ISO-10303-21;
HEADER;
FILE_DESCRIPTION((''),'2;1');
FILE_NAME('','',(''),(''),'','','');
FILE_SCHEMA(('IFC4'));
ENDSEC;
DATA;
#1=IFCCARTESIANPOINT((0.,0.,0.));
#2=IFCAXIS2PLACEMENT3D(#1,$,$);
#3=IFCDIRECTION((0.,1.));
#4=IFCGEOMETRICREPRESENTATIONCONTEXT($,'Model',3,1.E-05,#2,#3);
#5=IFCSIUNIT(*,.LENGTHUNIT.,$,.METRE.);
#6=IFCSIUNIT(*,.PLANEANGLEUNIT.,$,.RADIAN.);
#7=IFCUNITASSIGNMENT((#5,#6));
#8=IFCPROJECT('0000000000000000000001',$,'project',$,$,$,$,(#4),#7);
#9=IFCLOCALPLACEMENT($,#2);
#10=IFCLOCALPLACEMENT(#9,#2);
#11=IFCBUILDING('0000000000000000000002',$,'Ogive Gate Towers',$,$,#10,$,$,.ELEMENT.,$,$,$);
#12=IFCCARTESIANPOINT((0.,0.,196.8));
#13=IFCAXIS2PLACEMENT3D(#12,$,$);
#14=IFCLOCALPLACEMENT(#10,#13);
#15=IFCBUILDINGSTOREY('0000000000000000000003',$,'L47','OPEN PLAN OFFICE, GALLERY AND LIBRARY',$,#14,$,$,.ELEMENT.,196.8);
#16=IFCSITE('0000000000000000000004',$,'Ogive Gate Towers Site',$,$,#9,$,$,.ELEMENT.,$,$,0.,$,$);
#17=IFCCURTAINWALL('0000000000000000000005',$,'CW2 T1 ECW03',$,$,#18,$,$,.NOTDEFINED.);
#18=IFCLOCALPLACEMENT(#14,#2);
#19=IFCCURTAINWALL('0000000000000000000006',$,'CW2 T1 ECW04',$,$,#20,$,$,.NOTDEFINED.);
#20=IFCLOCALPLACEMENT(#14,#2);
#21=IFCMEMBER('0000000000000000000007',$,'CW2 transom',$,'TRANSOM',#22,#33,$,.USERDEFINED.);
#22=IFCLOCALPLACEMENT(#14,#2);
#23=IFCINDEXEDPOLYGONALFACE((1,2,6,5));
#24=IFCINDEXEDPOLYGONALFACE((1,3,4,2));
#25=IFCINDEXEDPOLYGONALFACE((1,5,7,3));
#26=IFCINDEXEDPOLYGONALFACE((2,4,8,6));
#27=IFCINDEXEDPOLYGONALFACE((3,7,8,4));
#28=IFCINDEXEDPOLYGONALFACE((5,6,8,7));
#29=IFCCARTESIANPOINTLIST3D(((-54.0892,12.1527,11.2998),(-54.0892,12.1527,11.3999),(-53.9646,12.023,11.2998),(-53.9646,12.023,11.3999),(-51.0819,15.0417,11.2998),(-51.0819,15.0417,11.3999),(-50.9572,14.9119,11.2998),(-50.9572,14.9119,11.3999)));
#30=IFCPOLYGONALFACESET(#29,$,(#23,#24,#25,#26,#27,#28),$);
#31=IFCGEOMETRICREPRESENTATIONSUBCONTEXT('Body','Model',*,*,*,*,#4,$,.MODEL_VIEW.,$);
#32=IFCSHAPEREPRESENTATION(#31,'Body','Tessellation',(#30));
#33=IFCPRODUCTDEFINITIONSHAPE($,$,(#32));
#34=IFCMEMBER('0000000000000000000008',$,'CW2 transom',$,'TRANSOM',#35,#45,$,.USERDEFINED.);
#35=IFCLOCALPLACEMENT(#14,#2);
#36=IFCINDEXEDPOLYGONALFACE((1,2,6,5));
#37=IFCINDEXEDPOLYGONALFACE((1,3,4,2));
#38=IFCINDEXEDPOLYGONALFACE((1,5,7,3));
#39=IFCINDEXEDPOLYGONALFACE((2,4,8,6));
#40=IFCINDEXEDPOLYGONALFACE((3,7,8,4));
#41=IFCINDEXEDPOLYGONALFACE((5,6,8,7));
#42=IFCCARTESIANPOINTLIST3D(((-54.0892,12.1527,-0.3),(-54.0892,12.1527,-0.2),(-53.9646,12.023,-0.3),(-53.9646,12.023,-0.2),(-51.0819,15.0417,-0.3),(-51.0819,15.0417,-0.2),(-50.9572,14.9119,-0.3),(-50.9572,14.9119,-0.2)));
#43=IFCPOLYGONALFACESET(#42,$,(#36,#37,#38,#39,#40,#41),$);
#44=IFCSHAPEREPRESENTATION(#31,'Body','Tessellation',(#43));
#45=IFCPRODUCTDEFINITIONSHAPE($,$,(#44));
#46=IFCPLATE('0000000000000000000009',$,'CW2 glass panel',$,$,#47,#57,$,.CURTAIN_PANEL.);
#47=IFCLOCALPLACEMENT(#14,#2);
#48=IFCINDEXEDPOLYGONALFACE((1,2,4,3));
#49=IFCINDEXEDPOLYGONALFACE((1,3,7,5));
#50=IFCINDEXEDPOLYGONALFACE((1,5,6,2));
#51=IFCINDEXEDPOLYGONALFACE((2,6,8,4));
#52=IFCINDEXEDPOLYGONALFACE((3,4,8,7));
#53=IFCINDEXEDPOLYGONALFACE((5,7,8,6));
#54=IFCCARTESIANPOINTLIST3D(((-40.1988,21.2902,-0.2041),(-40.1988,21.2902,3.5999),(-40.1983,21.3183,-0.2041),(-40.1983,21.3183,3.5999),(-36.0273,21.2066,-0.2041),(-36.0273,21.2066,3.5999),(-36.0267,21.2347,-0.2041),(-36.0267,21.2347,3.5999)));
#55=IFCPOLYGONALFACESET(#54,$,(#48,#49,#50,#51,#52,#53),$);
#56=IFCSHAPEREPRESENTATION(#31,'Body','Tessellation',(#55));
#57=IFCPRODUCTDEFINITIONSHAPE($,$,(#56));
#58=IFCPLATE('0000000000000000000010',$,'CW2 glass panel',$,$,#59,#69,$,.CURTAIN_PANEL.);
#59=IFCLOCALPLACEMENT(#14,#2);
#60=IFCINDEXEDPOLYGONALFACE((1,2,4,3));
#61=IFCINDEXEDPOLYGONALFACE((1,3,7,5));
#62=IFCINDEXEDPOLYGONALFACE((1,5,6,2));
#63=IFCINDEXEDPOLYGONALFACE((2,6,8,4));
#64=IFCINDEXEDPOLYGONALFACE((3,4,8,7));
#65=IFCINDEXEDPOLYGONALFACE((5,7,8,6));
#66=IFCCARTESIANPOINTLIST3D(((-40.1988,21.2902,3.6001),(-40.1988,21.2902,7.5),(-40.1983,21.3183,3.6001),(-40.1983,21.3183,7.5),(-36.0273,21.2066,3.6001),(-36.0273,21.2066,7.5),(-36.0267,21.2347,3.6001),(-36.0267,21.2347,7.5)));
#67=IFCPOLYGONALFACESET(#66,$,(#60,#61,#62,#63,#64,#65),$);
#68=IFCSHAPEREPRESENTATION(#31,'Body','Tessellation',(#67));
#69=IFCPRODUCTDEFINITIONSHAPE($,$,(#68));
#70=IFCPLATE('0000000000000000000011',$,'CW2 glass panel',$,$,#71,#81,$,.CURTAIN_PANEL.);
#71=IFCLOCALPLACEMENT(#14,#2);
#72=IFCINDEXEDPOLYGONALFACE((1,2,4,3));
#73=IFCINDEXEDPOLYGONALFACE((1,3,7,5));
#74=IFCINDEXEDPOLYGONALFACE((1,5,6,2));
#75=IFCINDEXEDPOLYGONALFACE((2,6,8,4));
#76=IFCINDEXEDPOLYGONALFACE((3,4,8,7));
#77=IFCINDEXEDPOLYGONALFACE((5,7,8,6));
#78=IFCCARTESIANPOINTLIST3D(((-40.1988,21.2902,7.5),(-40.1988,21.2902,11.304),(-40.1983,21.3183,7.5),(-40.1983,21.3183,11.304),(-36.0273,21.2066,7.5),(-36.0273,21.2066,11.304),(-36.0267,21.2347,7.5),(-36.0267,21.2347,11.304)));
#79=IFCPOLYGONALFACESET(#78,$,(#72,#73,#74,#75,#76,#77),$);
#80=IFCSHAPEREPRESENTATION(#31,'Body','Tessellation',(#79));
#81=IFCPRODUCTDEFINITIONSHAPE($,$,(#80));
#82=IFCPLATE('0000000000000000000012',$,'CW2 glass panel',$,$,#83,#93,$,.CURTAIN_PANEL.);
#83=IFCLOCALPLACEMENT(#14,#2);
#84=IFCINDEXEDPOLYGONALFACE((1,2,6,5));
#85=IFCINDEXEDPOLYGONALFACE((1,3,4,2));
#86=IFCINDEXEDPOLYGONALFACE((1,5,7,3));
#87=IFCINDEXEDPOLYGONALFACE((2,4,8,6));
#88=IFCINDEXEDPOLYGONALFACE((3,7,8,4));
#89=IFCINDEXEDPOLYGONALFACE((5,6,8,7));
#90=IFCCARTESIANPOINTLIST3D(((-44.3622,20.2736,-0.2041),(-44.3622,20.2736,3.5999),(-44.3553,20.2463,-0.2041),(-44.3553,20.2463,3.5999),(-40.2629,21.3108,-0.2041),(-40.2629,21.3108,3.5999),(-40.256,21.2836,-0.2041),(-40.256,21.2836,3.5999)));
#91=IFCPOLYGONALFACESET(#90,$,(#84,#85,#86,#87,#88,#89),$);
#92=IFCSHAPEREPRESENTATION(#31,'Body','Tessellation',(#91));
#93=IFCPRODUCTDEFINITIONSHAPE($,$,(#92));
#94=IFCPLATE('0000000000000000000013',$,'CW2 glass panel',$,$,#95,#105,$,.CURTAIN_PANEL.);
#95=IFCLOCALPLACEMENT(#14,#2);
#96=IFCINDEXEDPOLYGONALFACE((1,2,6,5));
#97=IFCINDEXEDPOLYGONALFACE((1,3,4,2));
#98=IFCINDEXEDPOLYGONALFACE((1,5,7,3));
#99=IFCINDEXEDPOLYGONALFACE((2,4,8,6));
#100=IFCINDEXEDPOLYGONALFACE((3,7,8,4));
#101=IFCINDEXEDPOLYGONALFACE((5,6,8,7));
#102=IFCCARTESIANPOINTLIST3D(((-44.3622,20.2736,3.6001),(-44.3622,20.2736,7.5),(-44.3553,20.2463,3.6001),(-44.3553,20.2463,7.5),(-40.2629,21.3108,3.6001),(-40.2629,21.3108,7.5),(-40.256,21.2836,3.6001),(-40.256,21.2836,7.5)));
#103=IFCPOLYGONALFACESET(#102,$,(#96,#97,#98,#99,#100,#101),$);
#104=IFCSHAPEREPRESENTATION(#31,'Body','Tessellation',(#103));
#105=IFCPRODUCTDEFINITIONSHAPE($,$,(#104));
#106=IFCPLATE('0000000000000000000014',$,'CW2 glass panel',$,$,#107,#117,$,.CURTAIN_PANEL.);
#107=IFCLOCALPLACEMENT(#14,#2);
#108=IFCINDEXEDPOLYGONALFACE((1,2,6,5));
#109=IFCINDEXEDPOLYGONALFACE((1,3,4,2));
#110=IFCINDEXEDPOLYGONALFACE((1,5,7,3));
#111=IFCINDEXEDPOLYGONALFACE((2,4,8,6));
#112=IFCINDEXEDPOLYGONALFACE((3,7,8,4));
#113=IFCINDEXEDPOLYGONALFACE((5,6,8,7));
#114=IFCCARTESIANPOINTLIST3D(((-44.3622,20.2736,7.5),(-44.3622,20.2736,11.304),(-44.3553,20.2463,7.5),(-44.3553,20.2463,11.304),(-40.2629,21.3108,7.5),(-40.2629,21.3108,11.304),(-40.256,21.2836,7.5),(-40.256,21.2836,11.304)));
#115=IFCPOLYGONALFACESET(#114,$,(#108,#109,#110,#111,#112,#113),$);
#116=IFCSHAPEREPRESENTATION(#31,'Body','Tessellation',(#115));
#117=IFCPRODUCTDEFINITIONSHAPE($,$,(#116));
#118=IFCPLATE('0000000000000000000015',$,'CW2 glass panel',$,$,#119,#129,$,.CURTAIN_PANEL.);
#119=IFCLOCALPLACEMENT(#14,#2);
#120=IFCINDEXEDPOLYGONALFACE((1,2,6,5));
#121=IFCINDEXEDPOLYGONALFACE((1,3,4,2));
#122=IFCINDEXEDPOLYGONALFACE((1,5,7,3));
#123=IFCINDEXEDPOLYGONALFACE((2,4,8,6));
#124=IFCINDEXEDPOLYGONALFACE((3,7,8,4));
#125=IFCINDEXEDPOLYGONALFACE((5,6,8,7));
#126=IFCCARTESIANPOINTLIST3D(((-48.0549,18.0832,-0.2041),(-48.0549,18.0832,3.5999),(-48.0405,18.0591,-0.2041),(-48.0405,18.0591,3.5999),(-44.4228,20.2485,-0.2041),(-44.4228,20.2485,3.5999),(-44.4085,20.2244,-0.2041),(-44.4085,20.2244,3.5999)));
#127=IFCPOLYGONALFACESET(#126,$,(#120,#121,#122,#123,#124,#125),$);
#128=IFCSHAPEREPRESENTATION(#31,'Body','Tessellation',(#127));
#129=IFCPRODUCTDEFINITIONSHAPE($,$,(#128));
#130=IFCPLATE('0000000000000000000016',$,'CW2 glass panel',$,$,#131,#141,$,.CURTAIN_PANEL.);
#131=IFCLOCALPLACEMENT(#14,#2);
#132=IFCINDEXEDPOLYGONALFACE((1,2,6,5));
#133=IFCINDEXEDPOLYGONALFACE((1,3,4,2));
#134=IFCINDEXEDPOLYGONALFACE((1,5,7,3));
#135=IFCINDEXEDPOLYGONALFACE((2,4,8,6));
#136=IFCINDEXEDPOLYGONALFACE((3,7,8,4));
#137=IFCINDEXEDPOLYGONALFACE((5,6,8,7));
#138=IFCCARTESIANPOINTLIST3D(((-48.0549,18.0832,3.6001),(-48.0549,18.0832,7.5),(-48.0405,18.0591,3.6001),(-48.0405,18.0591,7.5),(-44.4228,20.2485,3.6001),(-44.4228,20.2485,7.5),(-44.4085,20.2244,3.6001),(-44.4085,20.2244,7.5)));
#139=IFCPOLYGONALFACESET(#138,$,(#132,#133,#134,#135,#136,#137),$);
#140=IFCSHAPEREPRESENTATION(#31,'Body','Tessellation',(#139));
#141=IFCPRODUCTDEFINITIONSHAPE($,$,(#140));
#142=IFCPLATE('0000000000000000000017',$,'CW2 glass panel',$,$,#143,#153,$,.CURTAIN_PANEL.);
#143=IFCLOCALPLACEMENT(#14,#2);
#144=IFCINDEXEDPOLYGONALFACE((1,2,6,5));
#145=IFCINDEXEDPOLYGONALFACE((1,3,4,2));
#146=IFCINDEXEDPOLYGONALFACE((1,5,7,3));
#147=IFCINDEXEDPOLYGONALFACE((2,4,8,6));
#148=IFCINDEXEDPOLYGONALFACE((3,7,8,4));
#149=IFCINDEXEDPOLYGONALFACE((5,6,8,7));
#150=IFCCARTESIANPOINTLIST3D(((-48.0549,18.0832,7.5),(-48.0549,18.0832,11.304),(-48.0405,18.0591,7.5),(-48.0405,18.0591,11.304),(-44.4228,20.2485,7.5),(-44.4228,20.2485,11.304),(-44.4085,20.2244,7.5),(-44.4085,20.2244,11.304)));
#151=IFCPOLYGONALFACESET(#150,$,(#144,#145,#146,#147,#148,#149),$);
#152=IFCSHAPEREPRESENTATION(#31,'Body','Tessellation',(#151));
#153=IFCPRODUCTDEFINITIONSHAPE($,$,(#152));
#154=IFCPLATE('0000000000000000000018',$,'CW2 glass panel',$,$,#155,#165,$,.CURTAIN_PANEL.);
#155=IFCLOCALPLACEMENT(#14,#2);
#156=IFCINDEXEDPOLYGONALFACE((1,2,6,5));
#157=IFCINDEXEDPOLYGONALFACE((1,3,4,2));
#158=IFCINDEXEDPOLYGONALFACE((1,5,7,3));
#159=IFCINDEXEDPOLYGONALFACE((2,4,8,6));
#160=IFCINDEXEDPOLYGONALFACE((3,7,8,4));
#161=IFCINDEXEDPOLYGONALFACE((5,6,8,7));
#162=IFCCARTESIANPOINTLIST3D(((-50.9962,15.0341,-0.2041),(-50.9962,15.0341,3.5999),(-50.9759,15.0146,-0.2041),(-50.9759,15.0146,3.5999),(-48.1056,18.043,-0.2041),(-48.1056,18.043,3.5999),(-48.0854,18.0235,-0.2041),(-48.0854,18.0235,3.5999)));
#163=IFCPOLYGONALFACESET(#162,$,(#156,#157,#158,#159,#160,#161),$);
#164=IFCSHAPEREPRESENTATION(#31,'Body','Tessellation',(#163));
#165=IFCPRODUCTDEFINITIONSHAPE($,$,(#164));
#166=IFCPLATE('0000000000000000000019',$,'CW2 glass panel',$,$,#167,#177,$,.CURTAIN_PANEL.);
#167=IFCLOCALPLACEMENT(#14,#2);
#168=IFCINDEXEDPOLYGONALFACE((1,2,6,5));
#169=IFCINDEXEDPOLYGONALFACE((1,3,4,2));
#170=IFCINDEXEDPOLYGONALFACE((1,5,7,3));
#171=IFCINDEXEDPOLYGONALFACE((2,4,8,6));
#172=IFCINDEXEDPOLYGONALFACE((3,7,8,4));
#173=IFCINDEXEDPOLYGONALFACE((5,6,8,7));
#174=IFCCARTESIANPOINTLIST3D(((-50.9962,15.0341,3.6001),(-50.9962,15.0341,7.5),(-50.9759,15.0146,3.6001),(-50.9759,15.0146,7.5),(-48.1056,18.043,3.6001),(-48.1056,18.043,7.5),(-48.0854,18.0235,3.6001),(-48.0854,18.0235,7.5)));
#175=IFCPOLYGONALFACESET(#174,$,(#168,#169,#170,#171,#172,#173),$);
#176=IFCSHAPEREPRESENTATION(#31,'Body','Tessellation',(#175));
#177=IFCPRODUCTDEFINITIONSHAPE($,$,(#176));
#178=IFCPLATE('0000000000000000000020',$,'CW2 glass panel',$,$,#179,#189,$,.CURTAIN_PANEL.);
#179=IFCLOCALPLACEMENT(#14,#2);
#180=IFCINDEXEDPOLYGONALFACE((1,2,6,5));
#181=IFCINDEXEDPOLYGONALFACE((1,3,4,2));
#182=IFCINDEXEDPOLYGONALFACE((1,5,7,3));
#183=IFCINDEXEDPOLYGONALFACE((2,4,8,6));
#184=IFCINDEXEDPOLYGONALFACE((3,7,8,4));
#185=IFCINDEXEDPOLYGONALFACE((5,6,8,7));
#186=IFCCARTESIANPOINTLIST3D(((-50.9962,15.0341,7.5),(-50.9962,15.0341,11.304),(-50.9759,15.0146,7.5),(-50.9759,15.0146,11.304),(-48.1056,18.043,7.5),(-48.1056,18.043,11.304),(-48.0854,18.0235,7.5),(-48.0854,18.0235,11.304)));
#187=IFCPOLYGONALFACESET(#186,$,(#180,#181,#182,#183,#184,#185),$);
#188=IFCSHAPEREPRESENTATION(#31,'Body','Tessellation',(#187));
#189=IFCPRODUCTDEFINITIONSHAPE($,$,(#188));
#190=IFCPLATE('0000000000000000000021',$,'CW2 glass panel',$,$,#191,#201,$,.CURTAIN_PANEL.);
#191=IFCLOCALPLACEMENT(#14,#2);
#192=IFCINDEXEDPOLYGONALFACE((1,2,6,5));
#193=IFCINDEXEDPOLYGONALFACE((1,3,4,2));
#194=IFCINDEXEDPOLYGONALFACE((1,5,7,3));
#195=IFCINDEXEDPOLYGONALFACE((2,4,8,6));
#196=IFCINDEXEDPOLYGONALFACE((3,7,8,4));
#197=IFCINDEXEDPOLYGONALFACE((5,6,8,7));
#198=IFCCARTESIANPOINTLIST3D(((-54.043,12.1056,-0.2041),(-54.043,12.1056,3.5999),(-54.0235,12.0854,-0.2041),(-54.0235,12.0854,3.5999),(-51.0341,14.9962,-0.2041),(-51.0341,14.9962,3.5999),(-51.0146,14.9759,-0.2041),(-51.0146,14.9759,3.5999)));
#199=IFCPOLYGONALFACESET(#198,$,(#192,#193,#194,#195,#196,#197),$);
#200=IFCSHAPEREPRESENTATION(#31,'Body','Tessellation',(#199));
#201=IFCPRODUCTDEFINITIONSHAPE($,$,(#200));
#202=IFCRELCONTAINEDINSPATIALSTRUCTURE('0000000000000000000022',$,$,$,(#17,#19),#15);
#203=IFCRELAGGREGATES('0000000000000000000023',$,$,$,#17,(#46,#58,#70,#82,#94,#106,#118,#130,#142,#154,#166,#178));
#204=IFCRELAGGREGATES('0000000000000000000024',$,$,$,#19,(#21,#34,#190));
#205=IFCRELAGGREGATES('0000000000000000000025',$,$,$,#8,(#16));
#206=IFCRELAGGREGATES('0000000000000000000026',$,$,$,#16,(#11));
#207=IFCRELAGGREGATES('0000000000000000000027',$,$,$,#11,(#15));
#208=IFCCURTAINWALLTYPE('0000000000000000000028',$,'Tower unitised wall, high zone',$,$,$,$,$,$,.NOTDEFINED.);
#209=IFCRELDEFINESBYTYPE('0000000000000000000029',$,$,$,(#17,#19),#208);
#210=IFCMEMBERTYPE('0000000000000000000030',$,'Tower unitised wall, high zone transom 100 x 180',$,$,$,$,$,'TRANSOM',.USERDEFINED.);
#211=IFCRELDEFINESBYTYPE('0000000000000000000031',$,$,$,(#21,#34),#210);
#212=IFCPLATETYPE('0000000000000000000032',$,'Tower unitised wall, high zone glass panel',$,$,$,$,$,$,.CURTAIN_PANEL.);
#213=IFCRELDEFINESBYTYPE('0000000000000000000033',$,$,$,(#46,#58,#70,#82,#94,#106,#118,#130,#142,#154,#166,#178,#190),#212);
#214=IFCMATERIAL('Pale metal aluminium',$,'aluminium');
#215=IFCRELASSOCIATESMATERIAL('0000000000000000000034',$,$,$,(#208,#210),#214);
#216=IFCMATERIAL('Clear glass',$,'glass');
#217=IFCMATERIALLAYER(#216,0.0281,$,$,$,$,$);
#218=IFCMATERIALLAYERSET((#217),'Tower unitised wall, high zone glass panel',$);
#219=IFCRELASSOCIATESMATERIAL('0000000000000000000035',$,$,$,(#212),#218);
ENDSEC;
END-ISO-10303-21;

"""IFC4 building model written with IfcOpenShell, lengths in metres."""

from ifc_helpers import new_model, si_unit, direction, frame, origin, origin_2d, place, context, subcontext, project, spatial, rectangle, extrude, material, layer, layer_set, material_profile, profile_set, type_object, element, aggregate, save


model = new_model("IFC4")

# Units and contexts
model_context = context("Model", 3, precision=1e-05, world=origin(), true_north=direction((0.0, 1.0)))
body_context = subcontext(model_context, "Body", "Model", "MODEL_VIEW")
ifc_project = project(units=[si_unit("LENGTHUNIT", "METRE"), si_unit("PLANEANGLEUNIT", "RADIAN")], contexts=[model_context])

# Site, building, storey
site_placement = place(None, origin())
site = spatial("IfcSite", under=ifc_project, at=site_placement, Name="Ogive Gate Towers Site", CompositionType="ELEMENT", RefElevation=0.0)
building_placement = place(site_placement, origin())
building = spatial("IfcBuilding", under=site, at=building_placement, Name="Ogive Gate Towers", CompositionType="ELEMENT")
storey_placement = place(building_placement, frame((0.0, 0.0, 196.8)))
storey = spatial("IfcBuildingStorey", under=building, at=storey_placement, Name="L47", Description="OPEN PLAN OFFICE, GALLERY AND LIBRARY", CompositionType="ELEMENT", Elevation=196.8)

# Curtain wall
ifc_material_1 = material(Name="Pale metal aluminium", Category="aluminium")
curtain_wall_type = type_object("IfcCurtainWallType", Name="Tower unitised wall, high zone", PredefinedType="NOTDEFINED", material=ifc_material_1)
curtain_wall_1_placement = place(storey_placement, origin())
curtain_wall_1 = element("IfcCurtainWall", 1, at=curtain_wall_1_placement, inside=storey, type_object=curtain_wall_type, Name="CW2 T1 ECW03", PredefinedType="NOTDEFINED")

# Curtain wall
curtain_wall_2_placement = place(storey_placement, origin())
curtain_wall_2 = element("IfcCurtainWall", 2, at=curtain_wall_2_placement, inside=storey, type_object=curtain_wall_type, Name="CW2 T1 ECW04", PredefinedType="NOTDEFINED")

# Members
ifc_material_profile_1 = material_profile(ifc_material_1, rectangle(XDim=0.1799, YDim=0.1001, at=origin_2d()), Name="100 x 180 aluminium box")
ifc_profile_set_1 = profile_set([ifc_material_profile_1], Name="Pale metal aluminium")
member_type_1 = type_object("IfcMemberType", Name="Tower unitised wall, high zone transom 100 x 180", ElementType="TRANSOM", PredefinedType="USERDEFINED", material=ifc_profile_set_1)
member_1_placement = place(storey_placement, frame((-51.0195, 14.9768, 11.3499), z_axis=(-0.721161, -0.692767, 0.0), x_axis=(0.692767, -0.721161, 0.0)))
member_1 = element("IfcMember", 3, at=member_1_placement, type_object=member_type_1, Name="CW2 transom", ObjectType="TRANSOM", PredefinedType="USERDEFINED", context=body_context, shape_type="SweptSolid", body=[
    extrude(rectangle(XDim=0.1799, YDim=0.1001, at=origin_2d()), origin(), (0.0, 0.0, 1.0), 4.1702),
])
member_2_placement = place(storey_placement, frame((-51.0195, 14.9768, -0.25), z_axis=(-0.721161, -0.692767, 0.0), x_axis=(0.692767, -0.721161, 0.0)))
member_2 = element("IfcMember", 4, at=member_2_placement, type_object=member_type_1, Name="CW2 transom", ObjectType="TRANSOM", PredefinedType="USERDEFINED", context=body_context, shape_type="SweptSolid", body=[
    extrude(rectangle(XDim=0.1799, YDim=0.1001, at=origin_2d()), origin(), (0.0, 0.0, 1.0), 4.1702),
])

# Plates
ifc_material_2 = material(Name="Clear glass", Category="glass")
ifc_layer_1 = layer(ifc_material_2, 0.0281)
ifc_layer_set_1 = layer_set([ifc_layer_1], Name="Tower unitised wall, high zone glass panel")
plate_type = type_object("IfcPlateType", Name="Tower unitised wall, high zone glass panel", PredefinedType="CURTAIN_PANEL", material=ifc_layer_set_1)
plate_1_placement = place(storey_placement, frame((-38.1128, 21.2625, -0.2041), z_axis=(0.0, 0.0, 1.0), x_axis=(-0.999799, 0.020052, 0.0)))
plate_1 = element("IfcPlate", 5, at=plate_1_placement, type_object=plate_type, Name="CW2 glass panel", PredefinedType="CURTAIN_PANEL", context=body_context, shape_type="SweptSolid", body=[
    extrude(rectangle(XDim=4.1724, YDim=0.0281, at=origin_2d()), origin(), (0.0, 0.0, 1.0), 3.804),
])
plate_2_placement = place(storey_placement, frame((-38.1128, 21.2625, 3.6001), z_axis=(0.0, 0.0, 1.0), x_axis=(-0.999799, 0.020052, 0.0)))
plate_2 = element("IfcPlate", 6, at=plate_2_placement, type_object=plate_type, Name="CW2 glass panel", PredefinedType="CURTAIN_PANEL", context=body_context, shape_type="SweptSolid", body=[
    extrude(rectangle(XDim=4.1724, YDim=0.0281, at=origin_2d()), origin(), (0.0, 0.0, 1.0), 3.8999),
])
plate_3_placement = place(storey_placement, frame((-38.1128, 21.2625, 7.5), z_axis=(0.0, 0.0, 1.0), x_axis=(-0.999799, 0.020052, 0.0)))
plate_3 = element("IfcPlate", 7, at=plate_3_placement, type_object=plate_type, Name="CW2 glass panel", PredefinedType="CURTAIN_PANEL", context=body_context, shape_type="SweptSolid", body=[
    extrude(rectangle(XDim=4.1724, YDim=0.0281, at=origin_2d()), origin(), (0.0, 0.0, 1.0), 3.804),
])
plate_4_placement = place(storey_placement, frame((-42.3091, 20.7786, -0.2041), z_axis=(0.0, 0.0, 1.0), x_axis=(-0.96945, -0.24529, 0.0)))
plate_4 = element("IfcPlate", 8, at=plate_4_placement, type_object=plate_type, Name="CW2 glass panel", PredefinedType="CURTAIN_PANEL", context=body_context, shape_type="SweptSolid", body=[
    extrude(rectangle(XDim=4.2285, YDim=0.0281, at=origin_2d()), origin(), (0.0, 0.0, 1.0), 3.804),
])
plate_5_placement = place(storey_placement, frame((-42.3091, 20.7786, 3.6001), z_axis=(0.0, 0.0, 1.0), x_axis=(-0.96945, -0.24529, 0.0)))
plate_5 = element("IfcPlate", 9, at=plate_5_placement, type_object=plate_type, Name="CW2 glass panel", PredefinedType="CURTAIN_PANEL", context=body_context, shape_type="SweptSolid", body=[
    extrude(rectangle(XDim=4.2285, YDim=0.0281, at=origin_2d()), origin(), (0.0, 0.0, 1.0), 3.8999),
])
plate_6_placement = place(storey_placement, frame((-42.3091, 20.7786, 7.5), z_axis=(0.0, 0.0, 1.0), x_axis=(-0.96945, -0.24529, 0.0)))
plate_6 = element("IfcPlate", 10, at=plate_6_placement, type_object=plate_type, Name="CW2 glass panel", PredefinedType="CURTAIN_PANEL", context=body_context, shape_type="SweptSolid", body=[
    extrude(rectangle(XDim=4.2285, YDim=0.0281, at=origin_2d()), origin(), (0.0, 0.0, 1.0), 3.804),
])
plate_7_placement = place(storey_placement, frame((-46.2317, 19.1538, -0.2041), z_axis=(0.0, 0.0, 1.0), x_axis=(-0.858951, -0.512058, 0.0)))
plate_7 = element("IfcPlate", 11, at=plate_7_placement, type_object=plate_type, Name="CW2 glass panel", PredefinedType="CURTAIN_PANEL", context=body_context, shape_type="SweptSolid", body=[
    extrude(rectangle(XDim=4.2285, YDim=0.0281, at=origin_2d()), origin(), (0.0, 0.0, 1.0), 3.804),
])
plate_8_placement = place(storey_placement, frame((-46.2317, 19.1538, 3.6001), z_axis=(0.0, 0.0, 1.0), x_axis=(-0.858951, -0.512058, 0.0)))
plate_8 = element("IfcPlate", 12, at=plate_8_placement, type_object=plate_type, Name="CW2 glass panel", PredefinedType="CURTAIN_PANEL", context=body_context, shape_type="SweptSolid", body=[
    extrude(rectangle(XDim=4.2285, YDim=0.0281, at=origin_2d()), origin(), (0.0, 0.0, 1.0), 3.8999),
])
plate_9_placement = place(storey_placement, frame((-46.2317, 19.1538, 7.5), z_axis=(0.0, 0.0, 1.0), x_axis=(-0.858951, -0.512058, 0.0)))
plate_9 = element("IfcPlate", 13, at=plate_9_placement, type_object=plate_type, Name="CW2 glass panel", PredefinedType="CURTAIN_PANEL", context=body_context, shape_type="SweptSolid", body=[
    extrude(rectangle(XDim=4.2285, YDim=0.0281, at=origin_2d()), origin(), (0.0, 0.0, 1.0), 3.804),
])
plate_10_placement = place(storey_placement, frame((-49.5408, 16.5288, -0.2041), z_axis=(0.0, 0.0, 1.0), x_axis=(-0.692785, -0.721144, 0.0)))
plate_10 = element("IfcPlate", 14, at=plate_10_placement, type_object=plate_type, Name="CW2 glass panel", PredefinedType="CURTAIN_PANEL", context=body_context, shape_type="SweptSolid", body=[
    extrude(rectangle(XDim=4.1724, YDim=0.0281, at=origin_2d()), origin(), (0.0, 0.0, 1.0), 3.804),
])
plate_11_placement = place(storey_placement, frame((-49.5408, 16.5288, 3.6001), z_axis=(0.0, 0.0, 1.0), x_axis=(-0.692785, -0.721144, 0.0)))
plate_11 = element("IfcPlate", 15, at=plate_11_placement, type_object=plate_type, Name="CW2 glass panel", PredefinedType="CURTAIN_PANEL", context=body_context, shape_type="SweptSolid", body=[
    extrude(rectangle(XDim=4.1724, YDim=0.0281, at=origin_2d()), origin(), (0.0, 0.0, 1.0), 3.8999),
])
plate_12_placement = place(storey_placement, frame((-49.5408, 16.5288, 7.5), z_axis=(0.0, 0.0, 1.0), x_axis=(-0.692785, -0.721144, 0.0)))
plate_12 = element("IfcPlate", 16, at=plate_12_placement, type_object=plate_type, Name="CW2 glass panel", PredefinedType="CURTAIN_PANEL", context=body_context, shape_type="SweptSolid", body=[
    extrude(rectangle(XDim=4.1724, YDim=0.0281, at=origin_2d()), origin(), (0.0, 0.0, 1.0), 3.804),
])
aggregate(curtain_wall_1, [plate_1, plate_2, plate_3, plate_4, plate_5, plate_6, plate_7, plate_8, plate_9, plate_10, plate_11, plate_12])
plate_13_placement = place(storey_placement, frame((-52.5288, 13.5408, -0.2041), z_axis=(0.0, 0.0, 1.0), x_axis=(-0.721144, -0.692785, 0.0)))
plate_13 = element("IfcPlate", 17, at=plate_13_placement, type_object=plate_type, Name="CW2 glass panel", PredefinedType="CURTAIN_PANEL", context=body_context, shape_type="SweptSolid", body=[
    extrude(rectangle(XDim=4.1724, YDim=0.0281, at=origin_2d()), origin(), (0.0, 0.0, 1.0), 3.804),
])
aggregate(curtain_wall_2, [member_1, member_2, plate_13])

save(model, "model.ifc")
